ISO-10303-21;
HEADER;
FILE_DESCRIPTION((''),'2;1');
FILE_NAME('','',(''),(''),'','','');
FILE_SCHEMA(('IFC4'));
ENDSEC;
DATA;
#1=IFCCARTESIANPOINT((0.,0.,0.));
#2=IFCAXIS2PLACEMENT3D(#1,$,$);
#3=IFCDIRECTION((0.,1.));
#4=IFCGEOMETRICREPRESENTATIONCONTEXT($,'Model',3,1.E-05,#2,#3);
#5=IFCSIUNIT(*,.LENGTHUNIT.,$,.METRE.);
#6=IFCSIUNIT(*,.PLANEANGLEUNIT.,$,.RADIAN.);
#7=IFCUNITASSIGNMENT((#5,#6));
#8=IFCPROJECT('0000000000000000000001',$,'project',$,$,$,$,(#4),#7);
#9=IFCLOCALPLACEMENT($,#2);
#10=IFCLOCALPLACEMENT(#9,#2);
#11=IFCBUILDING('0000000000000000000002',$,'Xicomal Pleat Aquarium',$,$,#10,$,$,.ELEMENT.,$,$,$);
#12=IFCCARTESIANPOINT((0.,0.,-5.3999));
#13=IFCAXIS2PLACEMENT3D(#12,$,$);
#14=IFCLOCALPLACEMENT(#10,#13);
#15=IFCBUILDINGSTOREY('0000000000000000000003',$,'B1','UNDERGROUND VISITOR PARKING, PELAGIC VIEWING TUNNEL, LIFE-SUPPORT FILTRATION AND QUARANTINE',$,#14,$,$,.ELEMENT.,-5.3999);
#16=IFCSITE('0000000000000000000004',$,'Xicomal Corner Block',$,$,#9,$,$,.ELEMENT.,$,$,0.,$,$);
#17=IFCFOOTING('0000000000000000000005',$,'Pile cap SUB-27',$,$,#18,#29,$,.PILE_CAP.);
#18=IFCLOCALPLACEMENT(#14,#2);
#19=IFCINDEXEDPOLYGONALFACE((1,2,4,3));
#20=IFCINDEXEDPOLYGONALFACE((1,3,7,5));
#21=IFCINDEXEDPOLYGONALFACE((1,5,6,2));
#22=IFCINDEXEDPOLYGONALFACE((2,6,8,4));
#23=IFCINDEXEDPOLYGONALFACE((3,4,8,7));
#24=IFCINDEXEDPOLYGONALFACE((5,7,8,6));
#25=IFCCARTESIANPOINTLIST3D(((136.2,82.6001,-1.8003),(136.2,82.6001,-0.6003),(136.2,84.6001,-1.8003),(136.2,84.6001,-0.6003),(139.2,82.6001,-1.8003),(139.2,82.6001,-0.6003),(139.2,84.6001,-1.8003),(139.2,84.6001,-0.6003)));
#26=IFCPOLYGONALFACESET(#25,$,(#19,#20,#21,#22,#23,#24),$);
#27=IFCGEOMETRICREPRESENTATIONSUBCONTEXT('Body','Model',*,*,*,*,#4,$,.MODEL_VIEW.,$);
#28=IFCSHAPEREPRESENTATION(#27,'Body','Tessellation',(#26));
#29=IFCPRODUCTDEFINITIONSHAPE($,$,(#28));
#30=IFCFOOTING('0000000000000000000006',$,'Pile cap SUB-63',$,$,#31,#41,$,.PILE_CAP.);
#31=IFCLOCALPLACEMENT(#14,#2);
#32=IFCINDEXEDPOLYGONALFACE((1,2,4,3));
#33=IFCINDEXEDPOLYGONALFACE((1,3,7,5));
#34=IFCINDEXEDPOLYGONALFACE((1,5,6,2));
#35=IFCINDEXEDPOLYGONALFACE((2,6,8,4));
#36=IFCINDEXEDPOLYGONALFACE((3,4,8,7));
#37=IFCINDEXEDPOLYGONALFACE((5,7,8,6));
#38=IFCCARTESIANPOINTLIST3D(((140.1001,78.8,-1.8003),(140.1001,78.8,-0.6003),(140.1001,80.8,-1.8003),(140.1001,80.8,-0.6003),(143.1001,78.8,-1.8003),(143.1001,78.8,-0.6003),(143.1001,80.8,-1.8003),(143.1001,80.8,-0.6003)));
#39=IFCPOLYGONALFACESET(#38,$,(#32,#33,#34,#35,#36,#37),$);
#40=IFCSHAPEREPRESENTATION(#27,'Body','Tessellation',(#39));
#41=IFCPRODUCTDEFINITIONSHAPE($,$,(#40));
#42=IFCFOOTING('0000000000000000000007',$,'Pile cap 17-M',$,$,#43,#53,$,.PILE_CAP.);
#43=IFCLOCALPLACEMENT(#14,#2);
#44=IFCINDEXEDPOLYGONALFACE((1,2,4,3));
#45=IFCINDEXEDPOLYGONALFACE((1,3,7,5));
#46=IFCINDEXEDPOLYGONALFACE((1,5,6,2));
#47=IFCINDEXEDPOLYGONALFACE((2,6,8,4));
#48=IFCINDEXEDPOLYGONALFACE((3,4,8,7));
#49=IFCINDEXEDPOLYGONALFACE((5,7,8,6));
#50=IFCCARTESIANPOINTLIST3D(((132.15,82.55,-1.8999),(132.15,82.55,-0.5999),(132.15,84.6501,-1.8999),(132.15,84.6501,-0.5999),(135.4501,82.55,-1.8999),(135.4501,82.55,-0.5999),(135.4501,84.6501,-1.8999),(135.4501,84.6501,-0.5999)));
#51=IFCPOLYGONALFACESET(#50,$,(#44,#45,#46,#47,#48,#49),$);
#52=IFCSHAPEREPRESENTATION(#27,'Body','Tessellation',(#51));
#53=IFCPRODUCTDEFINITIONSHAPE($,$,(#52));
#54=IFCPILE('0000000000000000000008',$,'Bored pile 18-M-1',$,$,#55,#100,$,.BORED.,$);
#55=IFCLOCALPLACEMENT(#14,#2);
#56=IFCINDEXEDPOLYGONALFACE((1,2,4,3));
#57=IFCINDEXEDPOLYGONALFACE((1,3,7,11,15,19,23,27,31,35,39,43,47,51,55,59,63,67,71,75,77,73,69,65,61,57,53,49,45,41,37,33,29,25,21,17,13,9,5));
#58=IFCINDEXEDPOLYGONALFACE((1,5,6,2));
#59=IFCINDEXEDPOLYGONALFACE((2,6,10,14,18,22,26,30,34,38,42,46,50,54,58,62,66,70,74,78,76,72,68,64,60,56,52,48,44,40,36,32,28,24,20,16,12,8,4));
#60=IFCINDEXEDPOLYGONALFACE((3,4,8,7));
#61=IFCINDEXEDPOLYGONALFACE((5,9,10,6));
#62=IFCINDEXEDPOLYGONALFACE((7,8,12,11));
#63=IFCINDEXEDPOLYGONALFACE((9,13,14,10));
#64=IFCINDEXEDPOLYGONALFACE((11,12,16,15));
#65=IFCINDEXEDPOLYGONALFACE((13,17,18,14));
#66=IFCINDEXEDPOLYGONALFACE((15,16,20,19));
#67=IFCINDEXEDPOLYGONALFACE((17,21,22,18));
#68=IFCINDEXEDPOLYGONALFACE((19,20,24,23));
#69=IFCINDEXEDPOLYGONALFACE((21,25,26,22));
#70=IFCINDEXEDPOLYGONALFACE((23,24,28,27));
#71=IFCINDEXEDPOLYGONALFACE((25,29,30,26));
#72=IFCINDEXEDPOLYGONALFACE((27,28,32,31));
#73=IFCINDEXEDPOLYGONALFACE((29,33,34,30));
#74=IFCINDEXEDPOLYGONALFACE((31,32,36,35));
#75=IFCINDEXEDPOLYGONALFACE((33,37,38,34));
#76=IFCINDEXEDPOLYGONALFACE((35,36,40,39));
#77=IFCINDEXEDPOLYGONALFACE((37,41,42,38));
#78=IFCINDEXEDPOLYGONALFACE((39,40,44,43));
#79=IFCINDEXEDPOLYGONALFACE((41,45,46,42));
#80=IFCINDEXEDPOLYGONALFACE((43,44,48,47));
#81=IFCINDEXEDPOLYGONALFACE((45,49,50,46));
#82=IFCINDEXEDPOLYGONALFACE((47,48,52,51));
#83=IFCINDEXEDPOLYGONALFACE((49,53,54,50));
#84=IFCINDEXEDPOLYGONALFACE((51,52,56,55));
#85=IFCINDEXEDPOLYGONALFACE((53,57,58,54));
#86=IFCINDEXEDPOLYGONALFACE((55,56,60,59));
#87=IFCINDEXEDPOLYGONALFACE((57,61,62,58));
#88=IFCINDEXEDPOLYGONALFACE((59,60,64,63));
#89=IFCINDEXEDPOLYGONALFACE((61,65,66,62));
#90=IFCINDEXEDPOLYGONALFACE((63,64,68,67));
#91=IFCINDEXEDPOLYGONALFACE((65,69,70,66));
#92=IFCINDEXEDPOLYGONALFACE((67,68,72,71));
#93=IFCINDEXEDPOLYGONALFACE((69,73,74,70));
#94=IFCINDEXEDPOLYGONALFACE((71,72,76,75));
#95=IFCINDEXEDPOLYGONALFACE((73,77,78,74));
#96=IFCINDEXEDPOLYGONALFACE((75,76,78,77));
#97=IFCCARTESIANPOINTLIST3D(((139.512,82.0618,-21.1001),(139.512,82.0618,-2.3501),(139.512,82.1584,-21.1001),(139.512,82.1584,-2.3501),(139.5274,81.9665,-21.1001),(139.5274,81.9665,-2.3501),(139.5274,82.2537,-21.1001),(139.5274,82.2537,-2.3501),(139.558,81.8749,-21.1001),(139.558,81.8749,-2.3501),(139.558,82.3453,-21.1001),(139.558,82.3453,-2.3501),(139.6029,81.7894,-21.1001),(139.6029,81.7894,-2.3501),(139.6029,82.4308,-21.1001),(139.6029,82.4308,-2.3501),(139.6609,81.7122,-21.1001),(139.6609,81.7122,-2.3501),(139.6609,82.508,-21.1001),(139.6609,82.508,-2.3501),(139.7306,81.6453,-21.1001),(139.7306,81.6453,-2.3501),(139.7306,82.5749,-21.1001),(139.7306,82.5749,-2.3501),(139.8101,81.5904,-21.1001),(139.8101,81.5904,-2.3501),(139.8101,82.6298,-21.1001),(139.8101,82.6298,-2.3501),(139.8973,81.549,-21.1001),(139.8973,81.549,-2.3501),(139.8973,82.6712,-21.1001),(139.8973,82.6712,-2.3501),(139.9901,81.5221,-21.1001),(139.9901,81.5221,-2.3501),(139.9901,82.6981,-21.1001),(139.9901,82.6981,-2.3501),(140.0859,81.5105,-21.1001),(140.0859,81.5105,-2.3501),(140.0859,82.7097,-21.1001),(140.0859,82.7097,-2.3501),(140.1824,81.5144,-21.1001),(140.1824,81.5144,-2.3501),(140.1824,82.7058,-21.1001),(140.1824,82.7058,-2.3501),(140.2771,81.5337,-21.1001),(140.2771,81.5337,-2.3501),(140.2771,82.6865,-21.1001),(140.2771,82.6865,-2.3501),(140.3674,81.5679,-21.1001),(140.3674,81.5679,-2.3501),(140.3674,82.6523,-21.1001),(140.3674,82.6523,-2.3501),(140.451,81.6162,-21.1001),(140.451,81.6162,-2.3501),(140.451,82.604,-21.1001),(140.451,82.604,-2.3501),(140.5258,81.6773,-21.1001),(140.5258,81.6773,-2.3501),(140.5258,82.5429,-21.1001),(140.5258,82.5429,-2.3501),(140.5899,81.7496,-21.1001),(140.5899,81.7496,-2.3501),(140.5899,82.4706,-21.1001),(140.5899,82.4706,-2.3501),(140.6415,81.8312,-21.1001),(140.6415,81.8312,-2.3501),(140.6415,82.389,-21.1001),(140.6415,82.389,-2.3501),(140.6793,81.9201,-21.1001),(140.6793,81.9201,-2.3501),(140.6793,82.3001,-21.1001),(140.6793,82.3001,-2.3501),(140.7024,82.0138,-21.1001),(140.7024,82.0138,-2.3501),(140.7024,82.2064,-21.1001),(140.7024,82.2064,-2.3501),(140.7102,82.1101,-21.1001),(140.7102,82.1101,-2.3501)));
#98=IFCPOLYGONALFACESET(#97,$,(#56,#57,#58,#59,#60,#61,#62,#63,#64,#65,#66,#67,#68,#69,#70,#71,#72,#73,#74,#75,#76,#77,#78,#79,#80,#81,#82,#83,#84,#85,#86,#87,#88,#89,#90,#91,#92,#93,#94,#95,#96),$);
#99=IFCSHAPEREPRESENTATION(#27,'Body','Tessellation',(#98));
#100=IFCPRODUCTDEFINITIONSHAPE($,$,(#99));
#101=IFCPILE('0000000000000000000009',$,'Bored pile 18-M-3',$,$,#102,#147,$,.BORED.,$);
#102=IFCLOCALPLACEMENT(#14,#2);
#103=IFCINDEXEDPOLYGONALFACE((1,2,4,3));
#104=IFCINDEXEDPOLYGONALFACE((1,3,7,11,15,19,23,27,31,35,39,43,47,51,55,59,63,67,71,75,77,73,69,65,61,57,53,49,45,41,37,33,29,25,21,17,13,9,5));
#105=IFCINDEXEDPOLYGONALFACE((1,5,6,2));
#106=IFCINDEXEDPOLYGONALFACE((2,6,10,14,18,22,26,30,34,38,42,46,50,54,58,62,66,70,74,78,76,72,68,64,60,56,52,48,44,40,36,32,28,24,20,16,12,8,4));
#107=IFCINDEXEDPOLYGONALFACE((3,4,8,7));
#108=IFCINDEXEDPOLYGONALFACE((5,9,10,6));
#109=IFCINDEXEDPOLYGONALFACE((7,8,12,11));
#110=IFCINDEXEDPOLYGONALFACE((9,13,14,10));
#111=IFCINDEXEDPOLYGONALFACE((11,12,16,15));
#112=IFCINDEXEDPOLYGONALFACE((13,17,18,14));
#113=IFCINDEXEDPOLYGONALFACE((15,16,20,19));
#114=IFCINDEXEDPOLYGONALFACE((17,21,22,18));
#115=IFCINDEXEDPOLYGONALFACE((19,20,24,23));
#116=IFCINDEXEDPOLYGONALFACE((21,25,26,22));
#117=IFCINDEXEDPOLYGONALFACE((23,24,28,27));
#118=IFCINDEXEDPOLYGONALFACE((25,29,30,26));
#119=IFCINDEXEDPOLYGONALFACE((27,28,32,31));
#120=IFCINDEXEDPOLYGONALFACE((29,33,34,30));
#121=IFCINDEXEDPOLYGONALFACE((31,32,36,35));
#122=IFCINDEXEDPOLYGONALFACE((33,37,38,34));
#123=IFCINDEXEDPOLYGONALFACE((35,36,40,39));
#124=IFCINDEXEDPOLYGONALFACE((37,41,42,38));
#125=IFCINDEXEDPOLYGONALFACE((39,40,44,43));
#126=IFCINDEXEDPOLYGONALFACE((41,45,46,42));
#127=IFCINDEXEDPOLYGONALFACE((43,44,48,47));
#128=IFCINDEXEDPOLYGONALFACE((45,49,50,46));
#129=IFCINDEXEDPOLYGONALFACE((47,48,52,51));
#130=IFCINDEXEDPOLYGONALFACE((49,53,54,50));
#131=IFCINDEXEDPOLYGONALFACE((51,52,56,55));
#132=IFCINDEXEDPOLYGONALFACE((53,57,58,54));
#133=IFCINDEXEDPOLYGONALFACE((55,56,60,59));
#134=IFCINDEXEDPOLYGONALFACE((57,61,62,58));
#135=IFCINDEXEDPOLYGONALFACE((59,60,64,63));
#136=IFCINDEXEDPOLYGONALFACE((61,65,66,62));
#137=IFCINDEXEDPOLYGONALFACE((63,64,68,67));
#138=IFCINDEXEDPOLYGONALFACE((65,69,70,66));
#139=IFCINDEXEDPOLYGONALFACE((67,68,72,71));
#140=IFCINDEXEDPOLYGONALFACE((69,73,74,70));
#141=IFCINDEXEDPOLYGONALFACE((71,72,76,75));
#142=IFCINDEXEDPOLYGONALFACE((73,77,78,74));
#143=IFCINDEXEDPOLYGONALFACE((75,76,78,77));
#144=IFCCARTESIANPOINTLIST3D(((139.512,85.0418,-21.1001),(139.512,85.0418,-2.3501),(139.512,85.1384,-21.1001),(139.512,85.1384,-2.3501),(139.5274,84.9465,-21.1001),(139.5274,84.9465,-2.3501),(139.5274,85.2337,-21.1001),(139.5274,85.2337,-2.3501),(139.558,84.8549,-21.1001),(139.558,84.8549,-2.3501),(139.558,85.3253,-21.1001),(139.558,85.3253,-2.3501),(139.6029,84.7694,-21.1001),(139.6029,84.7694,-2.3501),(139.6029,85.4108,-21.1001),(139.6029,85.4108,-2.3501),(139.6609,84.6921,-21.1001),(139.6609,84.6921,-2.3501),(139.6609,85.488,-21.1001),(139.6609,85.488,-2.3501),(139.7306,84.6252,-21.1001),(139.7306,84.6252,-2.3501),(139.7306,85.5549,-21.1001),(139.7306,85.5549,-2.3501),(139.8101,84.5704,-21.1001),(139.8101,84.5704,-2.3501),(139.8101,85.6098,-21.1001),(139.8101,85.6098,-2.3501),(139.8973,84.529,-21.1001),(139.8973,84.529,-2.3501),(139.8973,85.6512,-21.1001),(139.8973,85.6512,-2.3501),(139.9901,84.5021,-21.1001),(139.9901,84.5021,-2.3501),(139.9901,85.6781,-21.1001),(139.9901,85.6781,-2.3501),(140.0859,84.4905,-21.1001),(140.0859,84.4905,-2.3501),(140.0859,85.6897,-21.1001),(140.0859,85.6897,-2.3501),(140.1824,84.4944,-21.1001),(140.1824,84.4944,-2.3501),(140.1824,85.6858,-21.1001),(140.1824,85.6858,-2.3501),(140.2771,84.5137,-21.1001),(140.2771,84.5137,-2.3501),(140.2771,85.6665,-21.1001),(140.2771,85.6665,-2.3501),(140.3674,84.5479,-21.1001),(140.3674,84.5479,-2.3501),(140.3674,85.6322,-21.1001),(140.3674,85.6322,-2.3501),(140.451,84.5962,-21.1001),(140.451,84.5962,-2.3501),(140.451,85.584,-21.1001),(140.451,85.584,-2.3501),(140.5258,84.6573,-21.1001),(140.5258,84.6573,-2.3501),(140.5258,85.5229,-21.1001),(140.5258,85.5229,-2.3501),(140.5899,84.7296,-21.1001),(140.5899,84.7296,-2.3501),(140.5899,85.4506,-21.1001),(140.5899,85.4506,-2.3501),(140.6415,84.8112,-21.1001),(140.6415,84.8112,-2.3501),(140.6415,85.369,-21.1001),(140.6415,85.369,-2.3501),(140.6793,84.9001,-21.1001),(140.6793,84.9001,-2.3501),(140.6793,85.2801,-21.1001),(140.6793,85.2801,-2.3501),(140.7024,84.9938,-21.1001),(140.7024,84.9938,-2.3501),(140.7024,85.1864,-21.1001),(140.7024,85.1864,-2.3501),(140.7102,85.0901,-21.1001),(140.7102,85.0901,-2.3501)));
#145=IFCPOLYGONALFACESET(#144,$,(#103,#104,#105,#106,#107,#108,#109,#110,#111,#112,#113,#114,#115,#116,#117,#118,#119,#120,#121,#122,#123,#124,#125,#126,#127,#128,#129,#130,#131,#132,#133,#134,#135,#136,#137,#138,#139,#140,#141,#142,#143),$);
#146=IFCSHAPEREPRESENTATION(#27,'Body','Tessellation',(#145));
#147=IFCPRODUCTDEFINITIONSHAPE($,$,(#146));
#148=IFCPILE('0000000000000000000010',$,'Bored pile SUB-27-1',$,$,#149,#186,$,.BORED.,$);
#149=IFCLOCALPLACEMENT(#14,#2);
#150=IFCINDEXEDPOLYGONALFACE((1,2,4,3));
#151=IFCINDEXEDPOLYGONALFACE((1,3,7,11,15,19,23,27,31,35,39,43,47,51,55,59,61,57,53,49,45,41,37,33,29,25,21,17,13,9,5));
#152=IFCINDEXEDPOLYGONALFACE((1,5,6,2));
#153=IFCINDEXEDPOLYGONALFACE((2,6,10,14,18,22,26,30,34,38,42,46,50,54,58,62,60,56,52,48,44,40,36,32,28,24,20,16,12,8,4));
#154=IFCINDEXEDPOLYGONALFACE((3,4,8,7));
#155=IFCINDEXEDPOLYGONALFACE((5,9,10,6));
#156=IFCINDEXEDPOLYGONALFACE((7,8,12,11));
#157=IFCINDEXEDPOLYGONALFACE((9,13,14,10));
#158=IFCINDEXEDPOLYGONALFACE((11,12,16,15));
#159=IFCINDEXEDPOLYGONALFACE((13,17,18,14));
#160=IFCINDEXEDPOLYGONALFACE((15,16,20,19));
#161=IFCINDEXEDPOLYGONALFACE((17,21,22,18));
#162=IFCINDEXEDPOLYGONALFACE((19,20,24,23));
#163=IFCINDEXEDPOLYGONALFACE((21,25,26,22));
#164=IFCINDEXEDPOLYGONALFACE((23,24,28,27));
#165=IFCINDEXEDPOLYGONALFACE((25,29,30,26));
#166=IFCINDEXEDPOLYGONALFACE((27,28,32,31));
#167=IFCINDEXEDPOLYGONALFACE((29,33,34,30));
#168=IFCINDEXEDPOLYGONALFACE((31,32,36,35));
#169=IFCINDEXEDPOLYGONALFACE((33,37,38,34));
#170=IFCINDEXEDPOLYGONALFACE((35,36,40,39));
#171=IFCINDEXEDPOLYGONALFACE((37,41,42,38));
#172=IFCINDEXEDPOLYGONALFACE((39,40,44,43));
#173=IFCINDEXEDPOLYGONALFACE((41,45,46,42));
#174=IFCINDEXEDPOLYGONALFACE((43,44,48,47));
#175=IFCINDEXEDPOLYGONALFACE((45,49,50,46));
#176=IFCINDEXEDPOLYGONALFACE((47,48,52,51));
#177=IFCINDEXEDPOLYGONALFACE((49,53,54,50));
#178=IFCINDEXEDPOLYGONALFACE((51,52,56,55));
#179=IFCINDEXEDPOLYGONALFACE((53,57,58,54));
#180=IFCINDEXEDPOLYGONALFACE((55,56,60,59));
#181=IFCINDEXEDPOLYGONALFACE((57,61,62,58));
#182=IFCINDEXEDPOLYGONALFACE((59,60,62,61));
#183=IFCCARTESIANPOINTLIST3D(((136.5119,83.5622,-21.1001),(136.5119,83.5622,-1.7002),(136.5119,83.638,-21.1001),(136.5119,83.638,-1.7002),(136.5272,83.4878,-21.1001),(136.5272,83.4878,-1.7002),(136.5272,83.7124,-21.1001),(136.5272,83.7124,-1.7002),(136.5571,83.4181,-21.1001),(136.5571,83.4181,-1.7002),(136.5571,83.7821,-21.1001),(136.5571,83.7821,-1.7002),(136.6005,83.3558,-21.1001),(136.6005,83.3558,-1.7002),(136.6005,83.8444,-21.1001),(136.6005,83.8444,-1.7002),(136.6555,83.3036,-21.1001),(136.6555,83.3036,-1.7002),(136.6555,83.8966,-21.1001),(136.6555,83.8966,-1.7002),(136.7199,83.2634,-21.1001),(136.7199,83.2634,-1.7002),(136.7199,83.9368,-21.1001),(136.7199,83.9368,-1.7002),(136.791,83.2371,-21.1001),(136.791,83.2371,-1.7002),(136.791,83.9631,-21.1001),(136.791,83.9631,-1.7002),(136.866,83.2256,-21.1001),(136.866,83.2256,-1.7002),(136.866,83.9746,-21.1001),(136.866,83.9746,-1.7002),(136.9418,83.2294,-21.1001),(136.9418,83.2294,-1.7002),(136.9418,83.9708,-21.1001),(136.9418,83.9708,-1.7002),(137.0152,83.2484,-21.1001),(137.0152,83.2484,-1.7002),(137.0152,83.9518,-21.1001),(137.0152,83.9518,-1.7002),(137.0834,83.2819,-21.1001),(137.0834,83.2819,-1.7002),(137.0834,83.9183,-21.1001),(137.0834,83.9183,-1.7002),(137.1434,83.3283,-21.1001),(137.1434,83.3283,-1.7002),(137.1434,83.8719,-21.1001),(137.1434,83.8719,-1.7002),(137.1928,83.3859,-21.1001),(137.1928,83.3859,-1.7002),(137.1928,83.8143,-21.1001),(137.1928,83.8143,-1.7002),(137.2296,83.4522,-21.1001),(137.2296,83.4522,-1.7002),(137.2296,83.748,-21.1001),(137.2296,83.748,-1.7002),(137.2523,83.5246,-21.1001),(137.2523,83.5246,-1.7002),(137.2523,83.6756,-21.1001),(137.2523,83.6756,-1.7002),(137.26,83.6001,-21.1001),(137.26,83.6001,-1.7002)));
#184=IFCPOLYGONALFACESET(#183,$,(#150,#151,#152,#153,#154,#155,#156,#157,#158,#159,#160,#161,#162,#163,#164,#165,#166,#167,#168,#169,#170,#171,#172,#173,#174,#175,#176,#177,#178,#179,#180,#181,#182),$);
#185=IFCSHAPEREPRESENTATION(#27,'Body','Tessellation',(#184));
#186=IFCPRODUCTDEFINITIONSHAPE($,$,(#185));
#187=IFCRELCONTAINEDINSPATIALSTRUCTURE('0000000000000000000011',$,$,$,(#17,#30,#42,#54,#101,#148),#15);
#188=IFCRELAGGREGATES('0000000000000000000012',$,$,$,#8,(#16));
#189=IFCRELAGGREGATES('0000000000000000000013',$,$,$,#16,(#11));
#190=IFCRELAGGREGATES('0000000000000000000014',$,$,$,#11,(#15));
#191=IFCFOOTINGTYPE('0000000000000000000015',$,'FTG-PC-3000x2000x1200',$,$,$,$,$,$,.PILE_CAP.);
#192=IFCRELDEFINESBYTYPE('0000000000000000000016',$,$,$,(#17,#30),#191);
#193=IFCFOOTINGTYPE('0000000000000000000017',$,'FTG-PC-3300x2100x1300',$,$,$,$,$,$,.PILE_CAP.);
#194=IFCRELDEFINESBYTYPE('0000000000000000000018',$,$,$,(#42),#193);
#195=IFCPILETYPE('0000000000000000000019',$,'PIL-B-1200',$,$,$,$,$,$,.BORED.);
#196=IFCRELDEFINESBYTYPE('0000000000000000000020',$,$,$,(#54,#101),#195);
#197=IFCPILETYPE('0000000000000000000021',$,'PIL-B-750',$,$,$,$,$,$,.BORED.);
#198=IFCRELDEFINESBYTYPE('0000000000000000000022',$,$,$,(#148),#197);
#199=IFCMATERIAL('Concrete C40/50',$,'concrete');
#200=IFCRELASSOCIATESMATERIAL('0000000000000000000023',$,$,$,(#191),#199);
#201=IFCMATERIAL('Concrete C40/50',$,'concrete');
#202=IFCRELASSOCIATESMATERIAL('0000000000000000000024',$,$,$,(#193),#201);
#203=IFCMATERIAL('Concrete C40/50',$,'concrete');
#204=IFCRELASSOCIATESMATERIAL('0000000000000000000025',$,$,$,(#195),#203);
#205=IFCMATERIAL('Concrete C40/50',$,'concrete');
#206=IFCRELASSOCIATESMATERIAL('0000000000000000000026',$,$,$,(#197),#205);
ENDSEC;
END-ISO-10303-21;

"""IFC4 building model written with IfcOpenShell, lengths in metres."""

from ifc_helpers import new_model, si_unit, direction, frame, origin, origin_2d, place, context, subcontext, project, spatial, rectangle, circle, extrude, material, material_profile, profile_set, type_object, element, save


model = new_model("IFC4")

# Units and contexts
model_context = context("Model", 3, precision=1e-05, world=origin(), true_north=direction((0.0, 1.0)))
body_context = subcontext(model_context, "Body", "Model", "MODEL_VIEW")
ifc_project = project(units=[si_unit("LENGTHUNIT", "METRE"), si_unit("PLANEANGLEUNIT", "RADIAN")], contexts=[model_context])

# Site, building, storey
site_placement = place(None, origin())
site = spatial("IfcSite", under=ifc_project, at=site_placement, Name="Xicomal Corner Block", CompositionType="ELEMENT", RefElevation=0.0)
building_placement = place(site_placement, origin())
building = spatial("IfcBuilding", under=site, at=building_placement, Name="Xicomal Pleat Aquarium", CompositionType="ELEMENT")
storey_placement = place(building_placement, frame((0.0, 0.0, -5.3999)))
storey = spatial("IfcBuildingStorey", under=building, at=storey_placement, Name="B1", Description="UNDERGROUND VISITOR PARKING, PELAGIC VIEWING TUNNEL, LIFE-SUPPORT FILTRATION AND QUARANTINE", CompositionType="ELEMENT", Elevation=-5.3999)

# Footings
ifc_material_1 = material(Name="Concrete C40/50", Category="concrete")
footing_type_1 = type_object("IfcFootingType", Name="FTG-PC-3000x2000x1200", PredefinedType="PILE_CAP", material=ifc_material_1)
for number, where, z_axis, x_axis, name in (
    (1, (137.7, 83.6001, -1.8003), (0.0, 0.0, 1.0), (1.0, 0.0, 0.0), "Pile cap SUB-27"),
    (2, (141.6001, 79.8, -1.8003), (0.0, 0.0, 1.0), (1.0, 0.0, 0.0), "Pile cap SUB-63"),
):
    element("IfcFooting", number, at=place(storey_placement, frame(where, z_axis=z_axis, x_axis=x_axis)), inside=storey, type_object=footing_type_1, Name=name, PredefinedType="PILE_CAP", context=body_context, shape_type="SweptSolid", body=[
        extrude(rectangle(XDim=3.0, YDim=2.0, at=origin_2d()), origin(), (0.0, 0.0, 1.0), 1.2),
    ])
ifc_material_2 = material(Name="Concrete C40/50", Category="concrete")
footing_type_2 = type_object("IfcFootingType", Name="FTG-PC-3300x2100x1300", PredefinedType="PILE_CAP", material=ifc_material_2)
footing_placement = place(storey_placement, frame((133.8, 83.6001, -1.8999), z_axis=(0.0, 0.0, 1.0), x_axis=(1.0, 0.0, 0.0)))
element("IfcFooting", 3, at=footing_placement, inside=storey, type_object=footing_type_2, Name="Pile cap 17-M", PredefinedType="PILE_CAP", context=body_context, shape_type="SweptSolid", body=[
    extrude(rectangle(XDim=3.3, YDim=2.1001, at=origin_2d()), origin(), (0.0, 0.0, 1.0), 1.3),
])

# Piles
ifc_material_3 = material(Name="Concrete C40/50", Category="concrete")
ifc_material_profile_1 = material_profile(ifc_material_3, circle(Radius=0.6001, at=origin_2d()), Name="BORED PILE D1200")
ifc_profile_set_1 = profile_set([ifc_material_profile_1], Name="Concrete C40/50")
pile_type_1 = type_object("IfcPileType", Name="PIL-B-1200", PredefinedType="BORED", material=ifc_profile_set_1)
for number, where, z_axis, x_axis, name in (
    (4, (140.1101, 82.1101, -2.3501), (0.0, 0.0, -1.0), (1.0, 0.0, 0.0), "Bored pile 18-M-1"),
    (5, (140.1101, 85.0901, -2.3501), (0.0, 0.0, -1.0), (1.0, 0.0, 0.0), "Bored pile 18-M-3"),
):
    element("IfcPile", number, at=place(storey_placement, frame(where, z_axis=z_axis, x_axis=x_axis)), inside=storey, type_object=pile_type_1, Name=name, PredefinedType="BORED", context=body_context, shape_type="SweptSolid", body=[
        extrude(circle(Radius=0.6001, at=origin_2d()), origin(), (0.0, 0.0, 1.0), 18.75),
    ])
ifc_material_4 = material(Name="Concrete C40/50", Category="concrete")
ifc_material_profile_2 = material_profile(ifc_material_4, circle(Radius=0.375, at=origin_2d()), Name="BORED PILE D750")
ifc_profile_set_2 = profile_set([ifc_material_profile_2], Name="Concrete C40/50")
pile_type_2 = type_object("IfcPileType", Name="PIL-B-750", PredefinedType="BORED", material=ifc_profile_set_2)
for number, where, z_axis, x_axis, name in (
    (6, (136.885, 83.6001, -1.7002), (0.0, 0.0, -1.0), (1.0, 0.0, 0.0), "Bored pile SUB-27-1"),
):
    element("IfcPile", number, at=place(storey_placement, frame(where, z_axis=z_axis, x_axis=x_axis)), inside=storey, type_object=pile_type_2, Name=name, PredefinedType="BORED", context=body_context, shape_type="SweptSolid", body=[
        extrude(circle(Radius=0.375, at=origin_2d()), origin(), (0.0, 0.0, 1.0), 19.3999),
    ])

save(model, "model.ifc")
